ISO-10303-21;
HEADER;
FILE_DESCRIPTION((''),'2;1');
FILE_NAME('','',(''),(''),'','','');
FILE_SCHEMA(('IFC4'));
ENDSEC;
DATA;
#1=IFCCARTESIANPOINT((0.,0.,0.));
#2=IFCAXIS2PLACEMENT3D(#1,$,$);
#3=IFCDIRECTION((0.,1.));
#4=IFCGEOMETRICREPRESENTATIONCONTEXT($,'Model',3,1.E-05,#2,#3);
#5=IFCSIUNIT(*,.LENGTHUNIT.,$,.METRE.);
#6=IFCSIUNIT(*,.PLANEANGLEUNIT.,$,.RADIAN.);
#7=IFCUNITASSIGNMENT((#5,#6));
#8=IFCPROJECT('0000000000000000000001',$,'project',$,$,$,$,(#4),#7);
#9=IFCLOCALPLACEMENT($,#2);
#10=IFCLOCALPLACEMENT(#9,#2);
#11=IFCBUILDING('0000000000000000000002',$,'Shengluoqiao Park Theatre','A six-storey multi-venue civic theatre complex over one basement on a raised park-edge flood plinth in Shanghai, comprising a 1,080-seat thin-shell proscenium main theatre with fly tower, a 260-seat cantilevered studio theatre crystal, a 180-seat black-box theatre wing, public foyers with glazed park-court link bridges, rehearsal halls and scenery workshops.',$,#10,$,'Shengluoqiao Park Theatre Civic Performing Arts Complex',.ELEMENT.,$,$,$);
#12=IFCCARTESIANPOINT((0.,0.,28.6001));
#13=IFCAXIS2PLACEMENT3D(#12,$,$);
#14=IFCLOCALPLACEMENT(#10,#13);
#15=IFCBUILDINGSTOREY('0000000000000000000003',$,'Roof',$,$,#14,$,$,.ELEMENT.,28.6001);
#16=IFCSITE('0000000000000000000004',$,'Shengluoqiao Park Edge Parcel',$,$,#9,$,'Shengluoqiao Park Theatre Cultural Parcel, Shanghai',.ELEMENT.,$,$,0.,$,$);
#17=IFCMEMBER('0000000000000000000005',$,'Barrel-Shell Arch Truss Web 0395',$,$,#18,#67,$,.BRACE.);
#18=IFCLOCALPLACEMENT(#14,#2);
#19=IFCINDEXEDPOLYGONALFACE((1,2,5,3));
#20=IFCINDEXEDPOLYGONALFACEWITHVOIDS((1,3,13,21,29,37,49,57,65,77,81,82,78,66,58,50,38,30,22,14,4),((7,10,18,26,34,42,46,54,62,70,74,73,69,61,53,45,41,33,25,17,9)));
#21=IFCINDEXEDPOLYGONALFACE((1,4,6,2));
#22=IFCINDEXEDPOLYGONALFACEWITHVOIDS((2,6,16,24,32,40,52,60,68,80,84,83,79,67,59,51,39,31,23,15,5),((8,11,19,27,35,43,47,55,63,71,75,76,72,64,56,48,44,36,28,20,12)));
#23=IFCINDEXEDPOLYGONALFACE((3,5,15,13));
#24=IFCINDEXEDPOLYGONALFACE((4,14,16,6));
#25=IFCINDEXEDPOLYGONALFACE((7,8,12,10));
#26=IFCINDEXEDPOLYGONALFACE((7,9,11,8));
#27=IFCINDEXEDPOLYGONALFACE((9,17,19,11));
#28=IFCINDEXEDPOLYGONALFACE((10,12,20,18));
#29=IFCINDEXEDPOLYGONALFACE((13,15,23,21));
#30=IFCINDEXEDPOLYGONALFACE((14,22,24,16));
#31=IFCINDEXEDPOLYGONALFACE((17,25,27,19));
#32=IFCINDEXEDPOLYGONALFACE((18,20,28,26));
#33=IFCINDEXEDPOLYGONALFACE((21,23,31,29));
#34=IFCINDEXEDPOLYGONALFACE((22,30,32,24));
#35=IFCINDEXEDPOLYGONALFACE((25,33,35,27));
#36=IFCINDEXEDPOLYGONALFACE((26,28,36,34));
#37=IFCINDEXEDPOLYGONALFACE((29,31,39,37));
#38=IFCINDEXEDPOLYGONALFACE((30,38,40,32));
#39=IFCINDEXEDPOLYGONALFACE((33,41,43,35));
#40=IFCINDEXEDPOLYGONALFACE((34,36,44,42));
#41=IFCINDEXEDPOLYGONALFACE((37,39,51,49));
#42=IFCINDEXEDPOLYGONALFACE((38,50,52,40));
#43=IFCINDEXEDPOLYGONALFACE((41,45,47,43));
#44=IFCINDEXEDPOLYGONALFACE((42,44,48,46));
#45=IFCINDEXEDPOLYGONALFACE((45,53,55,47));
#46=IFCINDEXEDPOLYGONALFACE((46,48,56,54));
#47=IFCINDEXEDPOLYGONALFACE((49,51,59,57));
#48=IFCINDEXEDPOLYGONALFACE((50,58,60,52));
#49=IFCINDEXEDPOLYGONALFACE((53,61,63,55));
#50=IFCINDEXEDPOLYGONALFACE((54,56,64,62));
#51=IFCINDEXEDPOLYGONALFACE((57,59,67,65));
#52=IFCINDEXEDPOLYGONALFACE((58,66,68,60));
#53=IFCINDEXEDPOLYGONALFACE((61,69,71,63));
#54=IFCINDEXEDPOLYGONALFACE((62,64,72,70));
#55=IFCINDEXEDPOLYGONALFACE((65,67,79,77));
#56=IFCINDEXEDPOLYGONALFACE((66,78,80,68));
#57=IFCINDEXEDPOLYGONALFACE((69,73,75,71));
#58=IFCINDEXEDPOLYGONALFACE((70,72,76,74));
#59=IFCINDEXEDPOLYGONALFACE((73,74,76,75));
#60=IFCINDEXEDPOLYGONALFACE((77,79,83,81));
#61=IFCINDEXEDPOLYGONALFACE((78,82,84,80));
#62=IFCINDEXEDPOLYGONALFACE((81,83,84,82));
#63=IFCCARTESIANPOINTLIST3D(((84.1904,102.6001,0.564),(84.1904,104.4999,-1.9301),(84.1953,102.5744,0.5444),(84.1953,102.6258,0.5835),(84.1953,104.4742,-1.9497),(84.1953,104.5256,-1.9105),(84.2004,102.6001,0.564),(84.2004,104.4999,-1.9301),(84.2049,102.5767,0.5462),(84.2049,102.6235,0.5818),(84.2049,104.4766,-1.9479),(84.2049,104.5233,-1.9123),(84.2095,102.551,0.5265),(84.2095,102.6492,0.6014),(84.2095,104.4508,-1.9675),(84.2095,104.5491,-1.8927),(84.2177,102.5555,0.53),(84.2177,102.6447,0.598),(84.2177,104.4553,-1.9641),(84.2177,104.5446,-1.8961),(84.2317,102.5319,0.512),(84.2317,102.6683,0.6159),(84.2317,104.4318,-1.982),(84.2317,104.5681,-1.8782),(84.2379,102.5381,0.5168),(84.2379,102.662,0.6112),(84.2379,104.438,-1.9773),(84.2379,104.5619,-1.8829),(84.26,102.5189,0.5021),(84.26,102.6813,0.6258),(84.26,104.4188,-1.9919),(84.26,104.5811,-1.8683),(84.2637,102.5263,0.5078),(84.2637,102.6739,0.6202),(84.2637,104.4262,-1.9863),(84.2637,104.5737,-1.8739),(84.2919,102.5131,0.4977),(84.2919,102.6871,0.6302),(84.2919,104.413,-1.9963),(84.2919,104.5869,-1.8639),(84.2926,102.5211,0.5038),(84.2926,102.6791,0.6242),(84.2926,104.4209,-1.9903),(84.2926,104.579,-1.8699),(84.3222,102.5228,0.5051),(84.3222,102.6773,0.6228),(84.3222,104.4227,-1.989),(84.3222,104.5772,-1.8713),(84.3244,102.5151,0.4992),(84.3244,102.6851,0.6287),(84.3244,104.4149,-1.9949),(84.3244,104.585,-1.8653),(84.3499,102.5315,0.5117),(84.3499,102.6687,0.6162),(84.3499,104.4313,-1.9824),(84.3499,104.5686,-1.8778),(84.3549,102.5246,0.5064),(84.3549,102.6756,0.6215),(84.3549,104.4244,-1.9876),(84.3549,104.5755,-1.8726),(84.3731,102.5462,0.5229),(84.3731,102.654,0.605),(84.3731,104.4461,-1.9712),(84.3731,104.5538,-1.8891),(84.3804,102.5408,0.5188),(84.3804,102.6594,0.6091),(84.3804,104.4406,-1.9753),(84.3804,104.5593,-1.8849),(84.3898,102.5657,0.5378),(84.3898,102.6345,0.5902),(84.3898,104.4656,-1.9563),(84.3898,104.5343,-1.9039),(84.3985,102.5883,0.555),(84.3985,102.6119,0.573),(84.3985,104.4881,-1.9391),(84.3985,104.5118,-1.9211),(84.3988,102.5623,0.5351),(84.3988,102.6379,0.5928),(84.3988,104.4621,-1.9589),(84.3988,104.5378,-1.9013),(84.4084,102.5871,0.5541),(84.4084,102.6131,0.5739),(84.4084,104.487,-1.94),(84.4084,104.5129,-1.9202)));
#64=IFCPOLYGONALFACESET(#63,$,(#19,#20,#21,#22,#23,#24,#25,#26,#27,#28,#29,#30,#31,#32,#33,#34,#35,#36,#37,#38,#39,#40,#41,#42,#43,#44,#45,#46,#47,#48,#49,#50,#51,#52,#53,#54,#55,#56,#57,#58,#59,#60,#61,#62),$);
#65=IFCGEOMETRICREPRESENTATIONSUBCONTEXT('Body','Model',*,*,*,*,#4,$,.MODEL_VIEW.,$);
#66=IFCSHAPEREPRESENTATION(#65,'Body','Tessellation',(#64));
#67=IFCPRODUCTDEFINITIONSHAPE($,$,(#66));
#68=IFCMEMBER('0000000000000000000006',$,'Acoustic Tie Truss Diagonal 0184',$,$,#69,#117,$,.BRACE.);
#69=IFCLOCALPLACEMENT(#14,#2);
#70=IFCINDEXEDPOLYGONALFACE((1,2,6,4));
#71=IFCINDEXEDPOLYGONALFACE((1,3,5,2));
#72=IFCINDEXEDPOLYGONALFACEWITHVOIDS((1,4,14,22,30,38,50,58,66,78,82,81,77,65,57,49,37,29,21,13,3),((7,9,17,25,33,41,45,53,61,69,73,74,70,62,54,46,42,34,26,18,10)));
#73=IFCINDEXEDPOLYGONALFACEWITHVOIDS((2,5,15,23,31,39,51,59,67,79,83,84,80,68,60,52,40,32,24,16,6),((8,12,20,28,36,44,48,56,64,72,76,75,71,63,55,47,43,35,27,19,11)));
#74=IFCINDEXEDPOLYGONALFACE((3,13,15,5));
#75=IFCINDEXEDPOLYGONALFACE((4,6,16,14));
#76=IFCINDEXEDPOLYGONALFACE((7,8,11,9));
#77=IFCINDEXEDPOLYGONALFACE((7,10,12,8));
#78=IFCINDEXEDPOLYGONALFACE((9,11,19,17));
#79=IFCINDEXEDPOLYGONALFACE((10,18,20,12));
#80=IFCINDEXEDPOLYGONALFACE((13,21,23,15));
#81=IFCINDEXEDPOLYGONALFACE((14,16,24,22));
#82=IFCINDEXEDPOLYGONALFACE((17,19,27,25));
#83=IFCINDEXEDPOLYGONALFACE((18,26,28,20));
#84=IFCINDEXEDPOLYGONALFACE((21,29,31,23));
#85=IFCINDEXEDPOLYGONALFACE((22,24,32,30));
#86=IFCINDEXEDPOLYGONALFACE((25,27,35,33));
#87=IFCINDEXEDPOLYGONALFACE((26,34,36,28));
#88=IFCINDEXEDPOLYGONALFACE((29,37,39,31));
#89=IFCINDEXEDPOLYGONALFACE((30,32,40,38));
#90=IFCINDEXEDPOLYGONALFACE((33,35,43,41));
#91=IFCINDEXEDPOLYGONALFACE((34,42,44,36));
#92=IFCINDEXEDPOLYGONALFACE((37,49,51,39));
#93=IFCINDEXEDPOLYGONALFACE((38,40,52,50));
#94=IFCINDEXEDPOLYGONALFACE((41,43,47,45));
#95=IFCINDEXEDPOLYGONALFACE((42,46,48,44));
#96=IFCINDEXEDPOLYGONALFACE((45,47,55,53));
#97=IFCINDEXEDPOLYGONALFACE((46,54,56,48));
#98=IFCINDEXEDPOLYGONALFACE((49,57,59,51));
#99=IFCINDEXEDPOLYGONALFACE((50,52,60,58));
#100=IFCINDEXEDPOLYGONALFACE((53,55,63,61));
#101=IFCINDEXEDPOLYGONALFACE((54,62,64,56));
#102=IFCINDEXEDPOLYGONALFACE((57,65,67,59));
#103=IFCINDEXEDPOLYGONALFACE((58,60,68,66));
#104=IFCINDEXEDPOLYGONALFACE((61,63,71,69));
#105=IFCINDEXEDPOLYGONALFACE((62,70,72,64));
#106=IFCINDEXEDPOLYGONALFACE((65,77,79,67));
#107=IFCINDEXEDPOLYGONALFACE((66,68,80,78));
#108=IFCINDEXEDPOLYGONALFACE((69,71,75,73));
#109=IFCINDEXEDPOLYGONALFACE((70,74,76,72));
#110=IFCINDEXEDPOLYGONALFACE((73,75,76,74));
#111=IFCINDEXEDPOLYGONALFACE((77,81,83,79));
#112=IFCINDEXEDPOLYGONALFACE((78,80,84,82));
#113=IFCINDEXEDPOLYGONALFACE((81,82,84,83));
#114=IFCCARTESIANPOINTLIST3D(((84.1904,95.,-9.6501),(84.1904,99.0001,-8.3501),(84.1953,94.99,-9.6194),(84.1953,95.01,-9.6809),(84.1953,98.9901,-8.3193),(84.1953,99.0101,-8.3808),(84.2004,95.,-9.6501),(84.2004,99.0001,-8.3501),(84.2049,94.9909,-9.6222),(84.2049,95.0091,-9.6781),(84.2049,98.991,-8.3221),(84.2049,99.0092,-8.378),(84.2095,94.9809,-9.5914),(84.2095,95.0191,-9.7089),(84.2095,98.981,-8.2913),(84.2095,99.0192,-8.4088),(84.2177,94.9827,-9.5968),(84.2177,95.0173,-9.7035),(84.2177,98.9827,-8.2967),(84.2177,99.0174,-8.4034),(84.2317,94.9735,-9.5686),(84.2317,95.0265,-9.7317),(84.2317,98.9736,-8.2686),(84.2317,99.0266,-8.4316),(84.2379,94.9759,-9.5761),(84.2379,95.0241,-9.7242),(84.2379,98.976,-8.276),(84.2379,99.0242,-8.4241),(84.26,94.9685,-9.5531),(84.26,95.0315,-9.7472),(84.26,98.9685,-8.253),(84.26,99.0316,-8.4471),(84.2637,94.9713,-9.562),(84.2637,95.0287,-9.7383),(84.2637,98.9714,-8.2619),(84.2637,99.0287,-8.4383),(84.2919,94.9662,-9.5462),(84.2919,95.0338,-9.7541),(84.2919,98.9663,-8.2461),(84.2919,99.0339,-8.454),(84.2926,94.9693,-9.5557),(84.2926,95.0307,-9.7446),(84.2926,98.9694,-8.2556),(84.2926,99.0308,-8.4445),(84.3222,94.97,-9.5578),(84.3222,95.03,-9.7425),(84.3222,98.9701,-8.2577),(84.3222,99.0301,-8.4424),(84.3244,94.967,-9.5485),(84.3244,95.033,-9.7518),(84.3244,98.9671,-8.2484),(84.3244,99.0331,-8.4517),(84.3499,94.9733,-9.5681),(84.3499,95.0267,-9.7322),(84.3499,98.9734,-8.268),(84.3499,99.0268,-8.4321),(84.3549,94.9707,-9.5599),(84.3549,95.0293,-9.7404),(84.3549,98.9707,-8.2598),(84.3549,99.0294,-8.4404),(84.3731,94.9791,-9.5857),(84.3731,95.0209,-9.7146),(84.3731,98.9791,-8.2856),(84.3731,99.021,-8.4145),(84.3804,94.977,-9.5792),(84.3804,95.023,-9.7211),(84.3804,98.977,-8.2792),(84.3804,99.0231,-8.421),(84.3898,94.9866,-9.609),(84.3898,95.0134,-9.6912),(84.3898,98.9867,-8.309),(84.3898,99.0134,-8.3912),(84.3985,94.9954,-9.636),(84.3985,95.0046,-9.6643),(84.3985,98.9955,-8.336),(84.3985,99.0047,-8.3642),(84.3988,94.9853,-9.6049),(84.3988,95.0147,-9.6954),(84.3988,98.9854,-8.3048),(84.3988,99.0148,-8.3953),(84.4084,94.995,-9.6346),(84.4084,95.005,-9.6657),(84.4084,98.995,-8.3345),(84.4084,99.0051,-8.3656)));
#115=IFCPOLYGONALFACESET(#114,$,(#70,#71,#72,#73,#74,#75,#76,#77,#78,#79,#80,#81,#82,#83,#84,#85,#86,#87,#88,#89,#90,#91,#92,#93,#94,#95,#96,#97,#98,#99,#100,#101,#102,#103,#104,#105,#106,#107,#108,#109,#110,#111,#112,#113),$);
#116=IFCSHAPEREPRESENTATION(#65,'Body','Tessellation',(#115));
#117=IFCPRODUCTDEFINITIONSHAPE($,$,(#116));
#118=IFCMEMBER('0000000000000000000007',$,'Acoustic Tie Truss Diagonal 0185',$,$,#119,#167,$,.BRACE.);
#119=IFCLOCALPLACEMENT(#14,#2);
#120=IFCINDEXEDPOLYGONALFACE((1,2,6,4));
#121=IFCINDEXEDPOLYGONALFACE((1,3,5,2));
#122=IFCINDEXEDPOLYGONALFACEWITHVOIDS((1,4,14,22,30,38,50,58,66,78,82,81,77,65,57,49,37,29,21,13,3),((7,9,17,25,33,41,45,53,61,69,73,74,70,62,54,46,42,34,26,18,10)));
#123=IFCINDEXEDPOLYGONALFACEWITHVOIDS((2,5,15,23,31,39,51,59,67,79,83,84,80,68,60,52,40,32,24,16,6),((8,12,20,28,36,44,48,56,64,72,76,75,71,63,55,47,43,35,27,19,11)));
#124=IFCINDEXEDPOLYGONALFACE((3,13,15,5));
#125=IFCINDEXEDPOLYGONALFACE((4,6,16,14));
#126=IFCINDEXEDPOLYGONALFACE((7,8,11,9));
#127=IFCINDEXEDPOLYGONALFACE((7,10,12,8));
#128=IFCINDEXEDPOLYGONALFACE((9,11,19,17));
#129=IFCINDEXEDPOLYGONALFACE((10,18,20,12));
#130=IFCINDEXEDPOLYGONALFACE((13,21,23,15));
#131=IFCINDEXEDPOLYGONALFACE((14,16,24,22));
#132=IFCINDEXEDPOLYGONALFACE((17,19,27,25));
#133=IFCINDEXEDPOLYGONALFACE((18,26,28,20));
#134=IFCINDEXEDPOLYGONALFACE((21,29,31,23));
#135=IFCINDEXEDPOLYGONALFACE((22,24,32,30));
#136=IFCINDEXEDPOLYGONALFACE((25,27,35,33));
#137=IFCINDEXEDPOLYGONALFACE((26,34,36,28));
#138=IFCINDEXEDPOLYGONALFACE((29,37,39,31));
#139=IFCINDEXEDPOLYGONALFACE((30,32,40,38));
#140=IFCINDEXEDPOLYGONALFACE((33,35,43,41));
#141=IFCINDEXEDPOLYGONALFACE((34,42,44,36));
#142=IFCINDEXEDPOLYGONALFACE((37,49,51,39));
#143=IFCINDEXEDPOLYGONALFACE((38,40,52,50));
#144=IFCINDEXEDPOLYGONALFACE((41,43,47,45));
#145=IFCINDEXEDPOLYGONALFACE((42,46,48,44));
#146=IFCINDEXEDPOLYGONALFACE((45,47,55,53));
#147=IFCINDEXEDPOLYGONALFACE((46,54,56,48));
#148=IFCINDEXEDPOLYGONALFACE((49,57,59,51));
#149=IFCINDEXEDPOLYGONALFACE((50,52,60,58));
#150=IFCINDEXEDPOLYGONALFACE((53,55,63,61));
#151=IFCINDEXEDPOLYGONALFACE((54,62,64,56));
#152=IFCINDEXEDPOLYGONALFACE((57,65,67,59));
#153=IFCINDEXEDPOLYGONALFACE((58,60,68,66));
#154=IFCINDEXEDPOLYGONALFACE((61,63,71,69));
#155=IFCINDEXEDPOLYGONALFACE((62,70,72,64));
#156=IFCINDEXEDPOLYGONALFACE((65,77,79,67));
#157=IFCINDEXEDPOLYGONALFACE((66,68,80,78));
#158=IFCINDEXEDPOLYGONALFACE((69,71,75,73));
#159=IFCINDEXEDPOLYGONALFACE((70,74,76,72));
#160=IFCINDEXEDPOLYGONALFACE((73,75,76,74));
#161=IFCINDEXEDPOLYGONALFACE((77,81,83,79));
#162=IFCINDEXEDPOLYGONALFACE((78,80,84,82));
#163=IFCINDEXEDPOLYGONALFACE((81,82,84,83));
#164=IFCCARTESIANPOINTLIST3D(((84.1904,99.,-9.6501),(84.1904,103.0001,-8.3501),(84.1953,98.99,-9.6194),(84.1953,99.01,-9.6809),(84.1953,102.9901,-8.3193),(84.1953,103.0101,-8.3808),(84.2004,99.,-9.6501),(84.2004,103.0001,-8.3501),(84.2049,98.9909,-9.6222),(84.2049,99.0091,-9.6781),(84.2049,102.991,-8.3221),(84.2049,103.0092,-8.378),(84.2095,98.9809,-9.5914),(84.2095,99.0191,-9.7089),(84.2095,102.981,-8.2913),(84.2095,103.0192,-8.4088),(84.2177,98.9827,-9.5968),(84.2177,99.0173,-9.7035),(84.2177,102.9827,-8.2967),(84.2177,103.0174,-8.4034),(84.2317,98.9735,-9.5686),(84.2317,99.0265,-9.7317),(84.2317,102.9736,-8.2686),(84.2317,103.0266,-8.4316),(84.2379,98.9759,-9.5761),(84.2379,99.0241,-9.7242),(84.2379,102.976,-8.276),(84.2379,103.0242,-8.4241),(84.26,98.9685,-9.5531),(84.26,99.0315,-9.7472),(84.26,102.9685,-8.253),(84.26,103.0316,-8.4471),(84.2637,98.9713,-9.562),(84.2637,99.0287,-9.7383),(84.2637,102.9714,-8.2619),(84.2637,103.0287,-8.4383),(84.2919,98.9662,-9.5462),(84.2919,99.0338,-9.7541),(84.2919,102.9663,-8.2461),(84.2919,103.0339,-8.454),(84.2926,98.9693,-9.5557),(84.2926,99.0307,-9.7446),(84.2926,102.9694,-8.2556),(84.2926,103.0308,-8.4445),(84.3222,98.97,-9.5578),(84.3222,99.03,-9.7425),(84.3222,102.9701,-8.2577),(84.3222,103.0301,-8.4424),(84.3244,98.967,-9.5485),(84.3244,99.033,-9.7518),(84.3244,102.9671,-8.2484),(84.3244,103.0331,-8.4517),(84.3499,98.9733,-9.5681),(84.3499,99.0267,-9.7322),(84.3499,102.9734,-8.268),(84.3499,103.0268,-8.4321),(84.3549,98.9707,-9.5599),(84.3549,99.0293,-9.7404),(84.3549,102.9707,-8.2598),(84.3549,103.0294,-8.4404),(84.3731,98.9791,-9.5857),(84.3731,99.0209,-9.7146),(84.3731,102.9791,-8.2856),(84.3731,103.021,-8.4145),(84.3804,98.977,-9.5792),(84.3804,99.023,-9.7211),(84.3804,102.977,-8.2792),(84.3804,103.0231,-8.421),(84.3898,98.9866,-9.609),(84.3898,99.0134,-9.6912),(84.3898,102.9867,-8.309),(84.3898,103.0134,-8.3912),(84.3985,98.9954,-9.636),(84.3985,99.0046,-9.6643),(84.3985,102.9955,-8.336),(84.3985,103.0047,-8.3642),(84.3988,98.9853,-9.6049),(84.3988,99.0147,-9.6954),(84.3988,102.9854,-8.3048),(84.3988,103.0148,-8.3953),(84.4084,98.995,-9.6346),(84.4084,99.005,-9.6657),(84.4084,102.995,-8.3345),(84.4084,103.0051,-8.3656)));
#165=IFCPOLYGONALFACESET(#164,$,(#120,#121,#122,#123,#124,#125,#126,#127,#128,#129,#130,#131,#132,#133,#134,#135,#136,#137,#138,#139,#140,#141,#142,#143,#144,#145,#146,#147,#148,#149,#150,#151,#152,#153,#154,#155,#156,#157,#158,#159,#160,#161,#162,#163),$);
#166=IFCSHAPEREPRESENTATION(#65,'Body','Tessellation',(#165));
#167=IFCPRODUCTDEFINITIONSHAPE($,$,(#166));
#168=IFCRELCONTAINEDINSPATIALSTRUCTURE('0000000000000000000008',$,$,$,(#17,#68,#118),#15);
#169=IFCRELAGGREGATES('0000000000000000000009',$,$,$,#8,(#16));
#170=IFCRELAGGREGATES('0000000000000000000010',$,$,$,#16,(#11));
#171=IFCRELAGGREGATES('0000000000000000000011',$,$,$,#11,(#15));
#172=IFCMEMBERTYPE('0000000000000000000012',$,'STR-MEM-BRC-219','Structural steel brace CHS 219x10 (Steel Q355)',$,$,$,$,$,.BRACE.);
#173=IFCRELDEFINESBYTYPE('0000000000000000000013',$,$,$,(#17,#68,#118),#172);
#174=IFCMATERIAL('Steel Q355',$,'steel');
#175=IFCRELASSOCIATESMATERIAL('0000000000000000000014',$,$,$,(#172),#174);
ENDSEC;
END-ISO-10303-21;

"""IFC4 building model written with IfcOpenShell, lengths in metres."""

from ifc_helpers import new_model, si_unit, direction, frame, origin, origin_2d, place, context, subcontext, project, spatial, hollow_circle, extrude, material, material_profile, profile_set, type_object, element, save


model = new_model("IFC4")

# Units and contexts
model_context = context("Model", 3, precision=1e-05, world=origin(), true_north=direction((0.0, 1.0)))
body_context = subcontext(model_context, "Body", "Model", "MODEL_VIEW")
ifc_project = project(units=[si_unit("LENGTHUNIT", "METRE"), si_unit("PLANEANGLEUNIT", "RADIAN")], contexts=[model_context])

# Site, building, storey
site_placement = place(None, origin())
site = spatial("IfcSite", under=ifc_project, at=site_placement, Name="Shengluoqiao Park Edge Parcel", LongName="Shengluoqiao Park Theatre Cultural Parcel, Shanghai", CompositionType="ELEMENT", RefElevation=0.0)
building_placement = place(site_placement, origin())
building = spatial("IfcBuilding", under=site, at=building_placement, Name="Shengluoqiao Park Theatre", Description="A six-storey multi-venue civic theatre complex over one basement on a raised park-edge flood plinth in Shanghai, comprising a 1,080-seat thin-shell proscenium main theatre with fly tower, a 260-seat cantilevered studio theatre crystal, a 180-seat black-box theatre wing, public foyers with glazed park-court link bridges, rehearsal halls and scenery workshops.", LongName="Shengluoqiao Park Theatre Civic Performing Arts Complex", CompositionType="ELEMENT")
storey_placement = place(building_placement, frame((0.0, 0.0, 28.6001)))
storey = spatial("IfcBuildingStorey", under=building, at=storey_placement, Name="Roof", CompositionType="ELEMENT", Elevation=28.6001)

# Shared definitions
ifc_material_1 = material(Name="Steel Q355", Category="steel")

# Members
ifc_material_profile_1 = material_profile(ifc_material_1, hollow_circle(Radius=0.1096, WallThickness=0.01, at=origin_2d()), Name="CHS 219x10")
ifc_profile_set_1 = profile_set([ifc_material_profile_1], Name="Steel Q355")
member_type_1 = type_object("IfcMemberType", Name="STR-MEM-BRC-219", Description="Structural steel brace CHS 219x10 (Steel Q355)", PredefinedType="BRACE", material=ifc_profile_set_1)
member_1_placement = place(storey_placement, frame((84.3, 102.6001, 0.564), z_axis=(0.0, 0.605963, -0.795492), x_axis=(-1.0, 0.0, 0.0)))
element("IfcMember", 1, at=member_1_placement, inside=storey, type_object=member_type_1, Name="Barrel-Shell Arch Truss Web 0395", PredefinedType="BRACE", context=body_context, shape_type="SweptSolid", body=[
    extrude(hollow_circle(Radius=0.1096, WallThickness=0.01, at=origin_2d()), origin(), (0.0, 0.0, 1.0), 3.1353),
])
for number, where, z_axis, x_axis, name in (
    (2, (84.3, 95.0, -9.6501), (0.0, 0.951031, 0.309097), (-1.0, 0.0, 0.0), "Acoustic Tie Truss Diagonal 0184"),
    (3, (84.3, 99.0, -9.6501), (0.0, 0.951031, 0.309097), (-1.0, 0.0, 0.0), "Acoustic Tie Truss Diagonal 0185"),
):
    element("IfcMember", number, at=place(storey_placement, frame(where, z_axis=z_axis, x_axis=x_axis)), inside=storey, type_object=member_type_1, Name=name, PredefinedType="BRACE", context=body_context, shape_type="SweptSolid", body=[
        extrude(hollow_circle(Radius=0.1096, WallThickness=0.01, at=origin_2d()), origin(), (0.0, 0.0, 1.0), 4.2061),
    ])

save(model, "model.ifc")
